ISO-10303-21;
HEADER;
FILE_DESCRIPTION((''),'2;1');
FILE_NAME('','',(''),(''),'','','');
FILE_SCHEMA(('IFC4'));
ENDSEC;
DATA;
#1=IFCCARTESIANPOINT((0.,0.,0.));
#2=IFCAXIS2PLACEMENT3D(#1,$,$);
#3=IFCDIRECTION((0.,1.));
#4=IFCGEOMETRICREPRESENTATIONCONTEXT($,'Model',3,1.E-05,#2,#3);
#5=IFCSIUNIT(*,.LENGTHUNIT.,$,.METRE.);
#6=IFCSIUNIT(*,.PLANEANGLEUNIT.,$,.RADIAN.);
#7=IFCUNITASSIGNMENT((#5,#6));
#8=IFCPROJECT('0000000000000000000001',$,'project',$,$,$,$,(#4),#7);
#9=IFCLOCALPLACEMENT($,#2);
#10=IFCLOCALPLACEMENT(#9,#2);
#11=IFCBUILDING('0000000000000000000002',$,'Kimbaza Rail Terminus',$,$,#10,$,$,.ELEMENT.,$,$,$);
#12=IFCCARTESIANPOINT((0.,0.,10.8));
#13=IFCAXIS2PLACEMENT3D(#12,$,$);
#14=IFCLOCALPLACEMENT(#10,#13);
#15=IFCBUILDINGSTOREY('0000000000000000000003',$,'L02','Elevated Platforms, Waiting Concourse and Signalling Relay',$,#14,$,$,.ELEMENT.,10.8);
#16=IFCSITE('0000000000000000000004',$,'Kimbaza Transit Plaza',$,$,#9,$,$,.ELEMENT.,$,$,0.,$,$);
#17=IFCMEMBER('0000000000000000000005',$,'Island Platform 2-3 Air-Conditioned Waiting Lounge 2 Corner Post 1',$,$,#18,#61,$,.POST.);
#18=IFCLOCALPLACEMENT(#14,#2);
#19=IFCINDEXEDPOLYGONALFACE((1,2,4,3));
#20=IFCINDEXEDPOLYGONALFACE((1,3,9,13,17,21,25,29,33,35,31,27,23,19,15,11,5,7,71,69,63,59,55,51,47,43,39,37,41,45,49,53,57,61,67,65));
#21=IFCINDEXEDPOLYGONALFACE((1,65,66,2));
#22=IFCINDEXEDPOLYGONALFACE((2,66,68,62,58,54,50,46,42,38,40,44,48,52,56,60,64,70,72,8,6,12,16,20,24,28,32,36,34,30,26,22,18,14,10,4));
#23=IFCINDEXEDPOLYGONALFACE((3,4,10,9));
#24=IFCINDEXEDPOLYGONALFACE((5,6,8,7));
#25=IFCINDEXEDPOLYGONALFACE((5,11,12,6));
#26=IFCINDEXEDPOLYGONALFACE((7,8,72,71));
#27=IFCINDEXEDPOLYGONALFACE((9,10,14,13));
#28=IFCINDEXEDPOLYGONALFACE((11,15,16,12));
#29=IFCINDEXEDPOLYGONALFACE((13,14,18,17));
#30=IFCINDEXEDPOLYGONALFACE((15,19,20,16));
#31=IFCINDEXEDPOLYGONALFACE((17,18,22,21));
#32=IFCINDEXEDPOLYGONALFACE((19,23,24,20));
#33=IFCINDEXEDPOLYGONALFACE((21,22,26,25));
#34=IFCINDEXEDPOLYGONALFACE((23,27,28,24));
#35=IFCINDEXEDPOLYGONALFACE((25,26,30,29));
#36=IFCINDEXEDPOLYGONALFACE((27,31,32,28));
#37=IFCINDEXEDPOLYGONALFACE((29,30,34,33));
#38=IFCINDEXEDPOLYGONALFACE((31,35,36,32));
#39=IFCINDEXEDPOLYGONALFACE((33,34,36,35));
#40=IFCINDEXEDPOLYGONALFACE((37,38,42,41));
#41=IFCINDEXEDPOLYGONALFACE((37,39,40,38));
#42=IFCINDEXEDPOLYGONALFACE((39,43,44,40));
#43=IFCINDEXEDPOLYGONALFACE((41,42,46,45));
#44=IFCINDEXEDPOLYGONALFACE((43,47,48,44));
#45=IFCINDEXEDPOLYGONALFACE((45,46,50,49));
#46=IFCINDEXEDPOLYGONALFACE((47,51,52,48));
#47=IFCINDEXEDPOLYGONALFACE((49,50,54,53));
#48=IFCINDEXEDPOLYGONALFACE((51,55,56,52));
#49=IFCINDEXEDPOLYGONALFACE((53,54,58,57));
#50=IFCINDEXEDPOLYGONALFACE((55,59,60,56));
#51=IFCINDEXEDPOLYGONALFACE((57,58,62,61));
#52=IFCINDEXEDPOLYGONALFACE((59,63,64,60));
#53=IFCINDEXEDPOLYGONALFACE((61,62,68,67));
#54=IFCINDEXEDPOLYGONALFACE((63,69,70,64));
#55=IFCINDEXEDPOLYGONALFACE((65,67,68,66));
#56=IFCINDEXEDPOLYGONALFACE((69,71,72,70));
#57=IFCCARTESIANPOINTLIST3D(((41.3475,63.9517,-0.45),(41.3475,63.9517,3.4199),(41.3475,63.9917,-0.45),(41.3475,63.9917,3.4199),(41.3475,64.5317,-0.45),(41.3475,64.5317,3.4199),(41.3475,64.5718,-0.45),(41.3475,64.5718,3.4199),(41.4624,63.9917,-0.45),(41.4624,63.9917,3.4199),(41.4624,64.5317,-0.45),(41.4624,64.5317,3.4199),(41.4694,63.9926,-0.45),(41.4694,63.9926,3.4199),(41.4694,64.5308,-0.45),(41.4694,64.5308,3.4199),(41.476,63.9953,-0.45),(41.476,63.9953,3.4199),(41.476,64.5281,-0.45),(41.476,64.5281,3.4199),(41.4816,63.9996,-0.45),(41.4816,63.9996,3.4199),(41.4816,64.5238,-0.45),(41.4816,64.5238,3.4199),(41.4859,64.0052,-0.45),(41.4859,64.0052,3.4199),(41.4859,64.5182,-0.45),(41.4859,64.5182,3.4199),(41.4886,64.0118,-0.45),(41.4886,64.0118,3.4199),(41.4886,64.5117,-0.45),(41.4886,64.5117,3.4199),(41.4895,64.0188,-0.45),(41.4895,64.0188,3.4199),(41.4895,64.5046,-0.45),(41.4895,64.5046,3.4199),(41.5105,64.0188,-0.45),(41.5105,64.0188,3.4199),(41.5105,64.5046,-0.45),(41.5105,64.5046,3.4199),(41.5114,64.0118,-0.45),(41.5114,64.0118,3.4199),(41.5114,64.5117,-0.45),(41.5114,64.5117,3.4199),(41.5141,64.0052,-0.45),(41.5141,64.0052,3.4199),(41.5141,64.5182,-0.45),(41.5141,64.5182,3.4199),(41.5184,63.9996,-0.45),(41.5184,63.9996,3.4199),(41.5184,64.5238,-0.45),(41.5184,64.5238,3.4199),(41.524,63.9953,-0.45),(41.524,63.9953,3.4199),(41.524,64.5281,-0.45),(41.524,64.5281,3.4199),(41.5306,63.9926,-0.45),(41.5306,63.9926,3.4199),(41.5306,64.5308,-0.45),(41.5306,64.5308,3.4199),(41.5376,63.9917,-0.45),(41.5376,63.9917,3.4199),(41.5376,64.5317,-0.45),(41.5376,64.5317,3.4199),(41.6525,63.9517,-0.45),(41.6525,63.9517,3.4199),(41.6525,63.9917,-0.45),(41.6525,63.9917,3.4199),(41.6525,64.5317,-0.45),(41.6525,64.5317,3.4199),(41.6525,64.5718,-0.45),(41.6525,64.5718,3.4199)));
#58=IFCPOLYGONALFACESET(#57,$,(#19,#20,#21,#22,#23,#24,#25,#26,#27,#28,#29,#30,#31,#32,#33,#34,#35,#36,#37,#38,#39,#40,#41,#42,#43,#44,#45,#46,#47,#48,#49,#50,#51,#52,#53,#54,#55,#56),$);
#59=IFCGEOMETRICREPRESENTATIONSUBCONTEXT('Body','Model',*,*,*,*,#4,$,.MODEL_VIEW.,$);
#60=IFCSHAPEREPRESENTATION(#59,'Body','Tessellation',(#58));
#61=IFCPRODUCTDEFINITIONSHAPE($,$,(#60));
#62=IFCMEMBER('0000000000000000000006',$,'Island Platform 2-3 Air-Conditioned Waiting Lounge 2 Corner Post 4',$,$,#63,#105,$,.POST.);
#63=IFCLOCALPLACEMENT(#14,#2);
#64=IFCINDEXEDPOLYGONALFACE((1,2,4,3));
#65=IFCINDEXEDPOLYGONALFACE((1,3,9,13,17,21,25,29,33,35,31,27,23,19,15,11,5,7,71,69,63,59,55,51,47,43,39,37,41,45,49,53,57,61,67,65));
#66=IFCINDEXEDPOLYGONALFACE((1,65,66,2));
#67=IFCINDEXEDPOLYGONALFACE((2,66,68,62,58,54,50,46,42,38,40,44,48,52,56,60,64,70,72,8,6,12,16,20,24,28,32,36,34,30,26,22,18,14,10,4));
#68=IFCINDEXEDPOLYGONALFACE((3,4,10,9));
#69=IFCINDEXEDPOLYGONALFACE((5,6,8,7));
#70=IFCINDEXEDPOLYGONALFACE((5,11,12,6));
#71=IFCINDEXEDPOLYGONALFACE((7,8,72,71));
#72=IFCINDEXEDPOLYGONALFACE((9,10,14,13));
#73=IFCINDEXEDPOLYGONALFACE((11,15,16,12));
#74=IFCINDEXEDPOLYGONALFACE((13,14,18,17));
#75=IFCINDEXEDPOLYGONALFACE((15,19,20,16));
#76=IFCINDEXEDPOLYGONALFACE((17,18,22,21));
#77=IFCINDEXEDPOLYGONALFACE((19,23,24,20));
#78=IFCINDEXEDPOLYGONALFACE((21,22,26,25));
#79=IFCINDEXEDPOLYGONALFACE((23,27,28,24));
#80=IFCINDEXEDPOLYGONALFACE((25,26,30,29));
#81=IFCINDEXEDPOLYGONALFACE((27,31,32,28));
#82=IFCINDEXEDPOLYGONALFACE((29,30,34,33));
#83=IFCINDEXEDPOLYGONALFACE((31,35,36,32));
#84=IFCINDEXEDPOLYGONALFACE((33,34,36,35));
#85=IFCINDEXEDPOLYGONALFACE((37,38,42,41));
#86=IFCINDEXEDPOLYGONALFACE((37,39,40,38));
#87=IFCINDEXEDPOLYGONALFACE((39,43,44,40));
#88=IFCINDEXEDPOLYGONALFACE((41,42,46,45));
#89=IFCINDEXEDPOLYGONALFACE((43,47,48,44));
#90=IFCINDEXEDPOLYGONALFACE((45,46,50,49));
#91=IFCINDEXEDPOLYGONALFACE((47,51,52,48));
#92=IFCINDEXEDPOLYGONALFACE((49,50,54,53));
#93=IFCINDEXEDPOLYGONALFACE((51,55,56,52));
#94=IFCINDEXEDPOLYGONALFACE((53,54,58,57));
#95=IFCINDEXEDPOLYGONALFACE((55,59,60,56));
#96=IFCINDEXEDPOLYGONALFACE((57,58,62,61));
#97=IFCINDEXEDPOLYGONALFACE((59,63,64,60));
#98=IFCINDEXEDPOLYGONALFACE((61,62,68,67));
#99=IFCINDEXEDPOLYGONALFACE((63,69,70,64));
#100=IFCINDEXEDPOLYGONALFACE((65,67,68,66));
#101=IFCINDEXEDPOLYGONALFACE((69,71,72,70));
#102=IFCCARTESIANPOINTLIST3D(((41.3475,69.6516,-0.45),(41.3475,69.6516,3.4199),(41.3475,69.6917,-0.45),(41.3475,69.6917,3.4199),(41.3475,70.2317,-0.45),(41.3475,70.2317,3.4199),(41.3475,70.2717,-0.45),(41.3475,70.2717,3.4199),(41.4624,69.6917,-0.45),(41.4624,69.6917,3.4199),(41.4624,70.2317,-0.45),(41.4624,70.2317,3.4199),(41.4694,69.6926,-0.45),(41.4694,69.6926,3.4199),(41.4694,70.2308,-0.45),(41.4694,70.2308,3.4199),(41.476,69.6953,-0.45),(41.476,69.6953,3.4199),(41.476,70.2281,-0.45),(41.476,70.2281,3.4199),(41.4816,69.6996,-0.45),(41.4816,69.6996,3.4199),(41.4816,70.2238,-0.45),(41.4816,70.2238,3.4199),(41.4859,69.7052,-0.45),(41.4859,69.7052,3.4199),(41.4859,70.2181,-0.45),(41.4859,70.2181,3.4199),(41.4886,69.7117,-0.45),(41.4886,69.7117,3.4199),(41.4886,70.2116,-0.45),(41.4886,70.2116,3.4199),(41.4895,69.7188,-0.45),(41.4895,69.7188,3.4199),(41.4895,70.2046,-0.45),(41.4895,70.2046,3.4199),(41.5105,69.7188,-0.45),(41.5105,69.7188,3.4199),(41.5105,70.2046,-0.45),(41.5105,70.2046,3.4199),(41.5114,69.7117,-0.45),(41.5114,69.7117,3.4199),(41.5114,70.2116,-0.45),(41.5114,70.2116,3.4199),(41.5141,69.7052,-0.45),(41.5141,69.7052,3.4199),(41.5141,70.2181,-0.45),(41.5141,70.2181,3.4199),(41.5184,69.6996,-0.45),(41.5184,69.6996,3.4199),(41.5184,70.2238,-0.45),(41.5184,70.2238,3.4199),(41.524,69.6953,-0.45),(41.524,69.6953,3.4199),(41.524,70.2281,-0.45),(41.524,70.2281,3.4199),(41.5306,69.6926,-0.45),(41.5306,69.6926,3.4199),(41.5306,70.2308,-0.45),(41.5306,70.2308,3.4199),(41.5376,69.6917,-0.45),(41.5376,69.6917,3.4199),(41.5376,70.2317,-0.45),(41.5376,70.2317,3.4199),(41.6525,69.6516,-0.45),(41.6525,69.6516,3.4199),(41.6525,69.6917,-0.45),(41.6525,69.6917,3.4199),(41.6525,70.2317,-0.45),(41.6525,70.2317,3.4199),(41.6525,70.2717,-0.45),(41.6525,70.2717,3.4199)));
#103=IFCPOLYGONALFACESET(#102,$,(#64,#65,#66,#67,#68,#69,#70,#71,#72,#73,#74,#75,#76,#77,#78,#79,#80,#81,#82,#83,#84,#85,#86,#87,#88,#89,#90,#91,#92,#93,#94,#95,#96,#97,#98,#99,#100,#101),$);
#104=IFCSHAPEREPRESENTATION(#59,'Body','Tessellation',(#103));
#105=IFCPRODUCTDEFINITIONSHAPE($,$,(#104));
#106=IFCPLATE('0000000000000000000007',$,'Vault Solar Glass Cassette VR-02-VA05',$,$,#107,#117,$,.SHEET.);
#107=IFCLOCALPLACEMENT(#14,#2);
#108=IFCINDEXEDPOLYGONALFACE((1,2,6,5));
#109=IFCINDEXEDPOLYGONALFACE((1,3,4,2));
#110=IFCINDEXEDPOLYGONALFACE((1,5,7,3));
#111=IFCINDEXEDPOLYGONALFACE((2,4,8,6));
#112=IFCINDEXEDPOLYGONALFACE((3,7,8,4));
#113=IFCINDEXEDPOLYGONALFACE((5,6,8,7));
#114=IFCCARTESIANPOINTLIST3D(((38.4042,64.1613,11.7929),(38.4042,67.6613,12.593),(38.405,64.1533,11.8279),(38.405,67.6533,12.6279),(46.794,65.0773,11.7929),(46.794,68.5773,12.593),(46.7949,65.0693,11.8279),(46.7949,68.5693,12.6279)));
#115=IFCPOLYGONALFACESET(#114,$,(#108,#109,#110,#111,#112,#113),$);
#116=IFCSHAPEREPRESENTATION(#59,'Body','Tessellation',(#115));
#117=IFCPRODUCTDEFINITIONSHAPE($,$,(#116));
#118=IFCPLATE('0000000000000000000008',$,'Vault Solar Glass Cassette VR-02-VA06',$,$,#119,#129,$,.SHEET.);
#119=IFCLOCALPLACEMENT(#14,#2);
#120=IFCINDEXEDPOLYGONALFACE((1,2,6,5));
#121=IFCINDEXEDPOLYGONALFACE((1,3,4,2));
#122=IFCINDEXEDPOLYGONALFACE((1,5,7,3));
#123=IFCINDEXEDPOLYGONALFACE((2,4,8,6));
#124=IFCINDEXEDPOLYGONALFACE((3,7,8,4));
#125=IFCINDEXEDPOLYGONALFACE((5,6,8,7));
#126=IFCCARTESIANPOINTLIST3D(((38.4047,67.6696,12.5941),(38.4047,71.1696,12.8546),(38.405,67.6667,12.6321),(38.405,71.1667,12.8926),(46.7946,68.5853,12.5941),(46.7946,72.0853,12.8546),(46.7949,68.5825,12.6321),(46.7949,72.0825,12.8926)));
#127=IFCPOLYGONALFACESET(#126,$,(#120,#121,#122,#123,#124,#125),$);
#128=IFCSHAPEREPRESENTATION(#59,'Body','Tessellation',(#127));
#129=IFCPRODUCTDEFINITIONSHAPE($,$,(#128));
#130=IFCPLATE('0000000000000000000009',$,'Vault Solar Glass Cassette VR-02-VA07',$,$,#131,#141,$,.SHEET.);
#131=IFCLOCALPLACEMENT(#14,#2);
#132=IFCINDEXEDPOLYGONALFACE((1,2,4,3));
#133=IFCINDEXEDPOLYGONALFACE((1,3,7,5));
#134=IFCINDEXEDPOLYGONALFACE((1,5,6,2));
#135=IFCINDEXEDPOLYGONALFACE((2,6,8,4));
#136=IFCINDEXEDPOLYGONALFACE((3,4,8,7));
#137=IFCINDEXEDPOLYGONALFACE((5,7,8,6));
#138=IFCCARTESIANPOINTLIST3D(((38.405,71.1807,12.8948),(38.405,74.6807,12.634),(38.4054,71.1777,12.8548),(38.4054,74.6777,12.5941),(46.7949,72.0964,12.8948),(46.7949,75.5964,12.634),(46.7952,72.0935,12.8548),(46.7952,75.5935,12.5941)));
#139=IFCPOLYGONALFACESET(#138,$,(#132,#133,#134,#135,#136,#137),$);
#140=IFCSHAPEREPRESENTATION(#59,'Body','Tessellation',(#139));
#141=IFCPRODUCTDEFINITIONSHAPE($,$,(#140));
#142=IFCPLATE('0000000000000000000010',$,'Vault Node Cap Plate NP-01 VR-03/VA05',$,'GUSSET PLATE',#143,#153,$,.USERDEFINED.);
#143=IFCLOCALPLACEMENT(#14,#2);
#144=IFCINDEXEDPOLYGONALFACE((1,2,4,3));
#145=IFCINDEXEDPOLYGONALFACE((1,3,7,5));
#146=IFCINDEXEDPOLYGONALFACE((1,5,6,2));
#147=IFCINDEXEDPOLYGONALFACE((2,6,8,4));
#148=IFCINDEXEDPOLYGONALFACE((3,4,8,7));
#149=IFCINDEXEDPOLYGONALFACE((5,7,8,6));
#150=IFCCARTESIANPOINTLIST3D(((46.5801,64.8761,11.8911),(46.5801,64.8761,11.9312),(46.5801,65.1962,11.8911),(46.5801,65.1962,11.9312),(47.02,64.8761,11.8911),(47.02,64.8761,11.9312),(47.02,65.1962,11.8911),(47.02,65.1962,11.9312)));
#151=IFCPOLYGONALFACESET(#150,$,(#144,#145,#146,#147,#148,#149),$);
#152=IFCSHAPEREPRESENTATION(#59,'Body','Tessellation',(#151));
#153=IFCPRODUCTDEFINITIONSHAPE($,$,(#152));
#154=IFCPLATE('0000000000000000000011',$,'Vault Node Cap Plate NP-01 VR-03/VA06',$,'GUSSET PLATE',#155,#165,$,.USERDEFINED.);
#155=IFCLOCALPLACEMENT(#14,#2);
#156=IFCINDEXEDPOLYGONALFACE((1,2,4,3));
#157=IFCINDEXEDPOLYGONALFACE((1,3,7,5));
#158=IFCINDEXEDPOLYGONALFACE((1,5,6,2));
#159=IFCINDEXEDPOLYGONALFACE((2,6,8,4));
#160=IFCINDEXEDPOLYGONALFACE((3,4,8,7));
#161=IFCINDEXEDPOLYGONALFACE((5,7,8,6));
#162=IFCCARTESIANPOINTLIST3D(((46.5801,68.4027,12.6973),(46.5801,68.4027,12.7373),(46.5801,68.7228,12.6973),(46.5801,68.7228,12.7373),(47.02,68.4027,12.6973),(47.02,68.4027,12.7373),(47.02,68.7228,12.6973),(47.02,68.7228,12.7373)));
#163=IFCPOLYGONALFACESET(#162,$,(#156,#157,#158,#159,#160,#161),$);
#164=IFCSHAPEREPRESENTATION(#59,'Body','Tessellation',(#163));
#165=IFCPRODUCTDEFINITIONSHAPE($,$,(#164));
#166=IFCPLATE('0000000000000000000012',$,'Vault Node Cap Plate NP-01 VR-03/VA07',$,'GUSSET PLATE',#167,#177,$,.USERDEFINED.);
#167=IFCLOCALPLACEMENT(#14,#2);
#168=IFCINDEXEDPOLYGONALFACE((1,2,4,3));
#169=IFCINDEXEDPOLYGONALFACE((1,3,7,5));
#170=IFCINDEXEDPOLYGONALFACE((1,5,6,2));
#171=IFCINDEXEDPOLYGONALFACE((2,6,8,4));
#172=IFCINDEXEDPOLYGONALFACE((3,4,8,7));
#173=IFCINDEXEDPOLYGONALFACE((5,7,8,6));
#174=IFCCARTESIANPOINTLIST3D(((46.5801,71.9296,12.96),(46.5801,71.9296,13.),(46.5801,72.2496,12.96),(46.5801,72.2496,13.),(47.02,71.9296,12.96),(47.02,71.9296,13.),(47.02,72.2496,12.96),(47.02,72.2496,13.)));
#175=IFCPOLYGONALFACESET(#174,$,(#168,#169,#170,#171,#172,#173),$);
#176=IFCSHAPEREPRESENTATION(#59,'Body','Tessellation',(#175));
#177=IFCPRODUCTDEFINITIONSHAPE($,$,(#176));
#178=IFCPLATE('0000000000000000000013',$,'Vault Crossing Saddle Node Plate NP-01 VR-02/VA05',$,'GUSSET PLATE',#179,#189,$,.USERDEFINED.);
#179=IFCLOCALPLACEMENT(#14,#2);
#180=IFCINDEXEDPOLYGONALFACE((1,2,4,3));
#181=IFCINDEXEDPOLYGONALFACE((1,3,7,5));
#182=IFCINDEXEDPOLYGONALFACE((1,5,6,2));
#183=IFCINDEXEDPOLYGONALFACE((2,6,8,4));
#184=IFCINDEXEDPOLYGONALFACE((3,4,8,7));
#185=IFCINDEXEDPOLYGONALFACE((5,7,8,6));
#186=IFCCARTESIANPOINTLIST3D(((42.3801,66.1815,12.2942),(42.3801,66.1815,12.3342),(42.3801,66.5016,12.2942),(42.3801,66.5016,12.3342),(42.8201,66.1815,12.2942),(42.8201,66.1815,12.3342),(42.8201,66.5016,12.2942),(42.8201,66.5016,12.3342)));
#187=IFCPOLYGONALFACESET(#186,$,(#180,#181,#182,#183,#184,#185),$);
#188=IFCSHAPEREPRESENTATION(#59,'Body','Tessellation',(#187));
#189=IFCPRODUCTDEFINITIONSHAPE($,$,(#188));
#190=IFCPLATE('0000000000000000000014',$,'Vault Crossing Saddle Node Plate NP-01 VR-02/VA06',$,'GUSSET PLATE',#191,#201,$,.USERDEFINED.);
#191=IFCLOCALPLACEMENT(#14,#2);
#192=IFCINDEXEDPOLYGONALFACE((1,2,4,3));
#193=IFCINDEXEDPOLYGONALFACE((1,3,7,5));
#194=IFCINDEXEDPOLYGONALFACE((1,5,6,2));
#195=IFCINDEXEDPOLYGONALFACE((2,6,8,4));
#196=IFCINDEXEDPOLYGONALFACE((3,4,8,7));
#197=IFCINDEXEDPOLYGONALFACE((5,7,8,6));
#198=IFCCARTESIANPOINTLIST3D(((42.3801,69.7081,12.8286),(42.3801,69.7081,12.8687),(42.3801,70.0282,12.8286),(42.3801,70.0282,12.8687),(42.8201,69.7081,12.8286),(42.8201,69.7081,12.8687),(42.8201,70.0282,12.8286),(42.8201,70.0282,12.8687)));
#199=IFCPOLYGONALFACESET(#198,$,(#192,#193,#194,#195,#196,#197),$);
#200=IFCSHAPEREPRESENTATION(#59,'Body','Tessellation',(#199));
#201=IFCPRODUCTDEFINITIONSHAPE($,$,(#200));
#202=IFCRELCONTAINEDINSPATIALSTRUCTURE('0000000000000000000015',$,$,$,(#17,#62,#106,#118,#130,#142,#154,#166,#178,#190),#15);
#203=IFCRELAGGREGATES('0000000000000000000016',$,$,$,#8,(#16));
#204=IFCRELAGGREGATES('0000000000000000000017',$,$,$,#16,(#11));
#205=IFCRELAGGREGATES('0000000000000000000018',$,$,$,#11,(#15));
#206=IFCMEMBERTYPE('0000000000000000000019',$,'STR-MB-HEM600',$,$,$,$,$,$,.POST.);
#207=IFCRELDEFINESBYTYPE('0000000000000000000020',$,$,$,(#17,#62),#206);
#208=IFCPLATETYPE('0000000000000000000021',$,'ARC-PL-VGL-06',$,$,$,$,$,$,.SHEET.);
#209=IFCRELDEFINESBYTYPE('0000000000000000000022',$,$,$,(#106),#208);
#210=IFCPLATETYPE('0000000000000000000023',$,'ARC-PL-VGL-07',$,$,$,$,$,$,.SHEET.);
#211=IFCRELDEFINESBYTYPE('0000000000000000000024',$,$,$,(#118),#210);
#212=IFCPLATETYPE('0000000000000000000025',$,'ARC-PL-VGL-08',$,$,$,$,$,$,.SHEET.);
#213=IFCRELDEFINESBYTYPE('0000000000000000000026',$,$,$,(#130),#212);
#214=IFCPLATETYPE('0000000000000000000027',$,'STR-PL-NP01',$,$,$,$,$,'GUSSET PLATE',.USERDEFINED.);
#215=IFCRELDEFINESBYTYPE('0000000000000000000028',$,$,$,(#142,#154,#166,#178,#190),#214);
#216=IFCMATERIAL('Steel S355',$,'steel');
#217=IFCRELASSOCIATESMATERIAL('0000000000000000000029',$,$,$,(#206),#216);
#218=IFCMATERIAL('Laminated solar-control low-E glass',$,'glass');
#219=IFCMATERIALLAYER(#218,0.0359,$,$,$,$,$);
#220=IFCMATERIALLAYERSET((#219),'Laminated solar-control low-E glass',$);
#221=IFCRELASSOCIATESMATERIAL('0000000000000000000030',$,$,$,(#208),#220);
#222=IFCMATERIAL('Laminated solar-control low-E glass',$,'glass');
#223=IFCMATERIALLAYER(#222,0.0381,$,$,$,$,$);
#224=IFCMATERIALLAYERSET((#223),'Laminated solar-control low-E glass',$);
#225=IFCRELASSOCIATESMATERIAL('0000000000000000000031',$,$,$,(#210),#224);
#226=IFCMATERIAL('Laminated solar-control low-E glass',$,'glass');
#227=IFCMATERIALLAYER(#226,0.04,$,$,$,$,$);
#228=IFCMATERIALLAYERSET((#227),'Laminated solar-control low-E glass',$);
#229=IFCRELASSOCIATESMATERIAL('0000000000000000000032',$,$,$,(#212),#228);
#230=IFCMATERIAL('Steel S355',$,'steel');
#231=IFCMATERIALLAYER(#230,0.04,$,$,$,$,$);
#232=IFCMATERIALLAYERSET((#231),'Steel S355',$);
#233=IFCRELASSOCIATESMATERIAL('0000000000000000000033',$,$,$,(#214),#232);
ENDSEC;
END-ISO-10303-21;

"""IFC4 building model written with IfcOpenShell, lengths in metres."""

from ifc_helpers import new_model, si_unit, direction, frame, origin, origin_2d, place, context, subcontext, project, spatial, polyline, rectangle, i_section, outline, extrude, material, layer, layer_set, material_profile, profile_set, type_object, element, save


model = new_model("IFC4")

# Units and contexts
model_context = context("Model", 3, precision=1e-05, world=origin(), true_north=direction((0.0, 1.0)))
body_context = subcontext(model_context, "Body", "Model", "MODEL_VIEW")
ifc_project = project(units=[si_unit("LENGTHUNIT", "METRE"), si_unit("PLANEANGLEUNIT", "RADIAN")], contexts=[model_context])

# Site, building, storey
site_placement = place(None, origin())
site = spatial("IfcSite", under=ifc_project, at=site_placement, Name="Kimbaza Transit Plaza", CompositionType="ELEMENT", RefElevation=0.0)
building_placement = place(site_placement, origin())
building = spatial("IfcBuilding", under=site, at=building_placement, Name="Kimbaza Rail Terminus", CompositionType="ELEMENT")
storey_placement = place(building_placement, frame((0.0, 0.0, 10.8)))
storey = spatial("IfcBuildingStorey", under=building, at=storey_placement, Name="L02", Description="Elevated Platforms, Waiting Concourse and Signalling Relay", CompositionType="ELEMENT", Elevation=10.8)

# Members
ifc_material_1 = material(Name="Steel S355", Category="steel")
ifc_material_profile_1 = material_profile(ifc_material_1, i_section(OverallWidth=0.3049, OverallDepth=0.6201, WebThickness=0.021, FlangeThickness=0.04, FilletRadius=0.0271, at=origin_2d()), Name="HEM 600")
ifc_profile_set_1 = profile_set([ifc_material_profile_1], Name="Steel S355")
member_type_1 = type_object("IfcMemberType", Name="STR-MB-HEM600", PredefinedType="POST", material=ifc_profile_set_1)
for number, where, z_axis, x_axis, name in (
    (1, (41.5, 64.2617, -0.45), (0.0, 0.0, 1.0), (1.0, 0.0, 0.0), "Island Platform 2-3 Air-Conditioned Waiting Lounge 2 Corner Post 1"),
    (2, (41.5, 69.9617, -0.45), (0.0, 0.0, 1.0), (1.0, 0.0, 0.0), "Island Platform 2-3 Air-Conditioned Waiting Lounge 2 Corner Post 4"),
):
    element("IfcMember", number, at=place(storey_placement, frame(where, z_axis=z_axis, x_axis=x_axis)), inside=storey, type_object=member_type_1, Name=name, PredefinedType="POST", context=body_context, shape_type="SweptSolid", body=[
        extrude(i_section(OverallWidth=0.3049, OverallDepth=0.6201, WebThickness=0.021, FlangeThickness=0.04, FilletRadius=0.0271, at=origin_2d()), origin(), (0.0, 0.0, 1.0), 3.8699),
    ])

# Plates
ifc_material_2 = material(Name="Laminated solar-control low-E glass", Category="glass")
ifc_layer_1 = layer(ifc_material_2, 0.0359)
ifc_layer_set_1 = layer_set([ifc_layer_1], Name="Laminated solar-control low-E glass")
plate_type_1 = type_object("IfcPlateType", Name="ARC-PL-VGL-06", PredefinedType="SHEET", material=ifc_layer_set_1)
plate_1_placement = place(storey_placement, frame((38.405, 64.1533, 11.8279), z_axis=(0.024322, -0.222772, 0.974567), x_axis=(0.994093, 0.108536, 0.0)))
element("IfcPlate", 3, at=plate_1_placement, inside=storey, type_object=plate_type_1, Name="Vault Solar Glass Cassette VR-02-VA05", PredefinedType="SHEET", context=body_context, shape_type="SweptSolid", body=[
    extrude(outline(polyline([(0.0, 0.0), (8.4398, 0.0), (8.8196, 3.5701), (0.3799, 3.5701), (0.0, 0.0)])), origin(), (0.0, 0.0, -1.0), 0.0359),
])
ifc_material_3 = material(Name="Laminated solar-control low-E glass", Category="glass")
ifc_layer_2 = layer(ifc_material_3, 0.0381)
ifc_layer_set_2 = layer_set([ifc_layer_2], Name="Laminated solar-control low-E glass")
plate_type_2 = type_object("IfcPlateType", Name="ARC-PL-VGL-07", PredefinedType="SHEET", material=ifc_layer_set_2)
plate_2_placement = place(storey_placement, frame((38.405, 67.6667, 12.6321), z_axis=(0.008101, -0.07422, 0.997209), x_axis=(0.994096, 0.108507, 0.0)))
element("IfcPlate", 4, at=plate_2_placement, inside=storey, type_object=plate_type_2, Name="Vault Solar Glass Cassette VR-02-VA06", PredefinedType="SHEET", context=body_context, shape_type="SweptSolid", body=[
    extrude(outline(polyline([(0.0, 0.0), (8.4397, 0.0), (8.8195, 3.4891), (0.3798, 3.4891), (0.0, 0.0)])), origin(), (0.0, 0.0, -1.0), 0.0381),
])
ifc_material_4 = material(Name="Laminated solar-control low-E glass", Category="glass")
ifc_layer_3 = layer(ifc_material_4, 0.04)
ifc_layer_set_3 = layer_set([ifc_layer_3], Name="Laminated solar-control low-E glass")
plate_type_3 = type_object("IfcPlateType", Name="ARC-PL-VGL-08", PredefinedType="SHEET", material=ifc_layer_set_3)
plate_3_placement = place(storey_placement, frame((38.405, 71.1807, 12.8948), z_axis=(-0.008109, 0.074289, 0.997204), x_axis=(0.994096, 0.108507, 0.0)))
element("IfcPlate", 5, at=plate_3_placement, inside=storey, type_object=plate_type_3, Name="Vault Solar Glass Cassette VR-02-VA07", PredefinedType="SHEET", context=body_context, shape_type="SweptSolid", body=[
    extrude(outline(polyline([(0.0, 0.0), (8.4397, 0.0), (8.8195, 3.4891), (0.3798, 3.4891), (0.0, 0.0)])), origin(), (0.0, 0.0, -1.0), 0.04),
])
ifc_material_5 = material(Name="Steel S355", Category="steel")
ifc_layer_4 = layer(ifc_material_5, 0.04)
ifc_layer_set_4 = layer_set([ifc_layer_4], Name="Steel S355")
plate_type_4 = type_object("IfcPlateType", Name="STR-PL-NP01", ElementType="GUSSET PLATE", PredefinedType="USERDEFINED", material=ifc_layer_set_4)
for number, where, z_axis, x_axis, name in (
    (6, (46.8, 65.0361, 11.8911), (0.0, 0.0, 1.0), (1.0, 0.0, 0.0), "Vault Node Cap Plate NP-01 VR-03/VA05"),
    (7, (46.8, 68.5627, 12.6973), (0.0, 0.0, 1.0), (1.0, 0.0, 0.0), "Vault Node Cap Plate NP-01 VR-03/VA06"),
    (8, (46.8, 72.0896, 12.96), (0.0, 0.0, 1.0), (1.0, 0.0, 0.0), "Vault Node Cap Plate NP-01 VR-03/VA07"),
    (9, (42.6001, 66.3416, 12.2942), (0.0, 0.0, 1.0), (1.0, 0.0, 0.0), "Vault Crossing Saddle Node Plate NP-01 VR-02/VA05"),
    (10, (42.6001, 69.8682, 12.8286), (0.0, 0.0, 1.0), (1.0, 0.0, 0.0), "Vault Crossing Saddle Node Plate NP-01 VR-02/VA06"),
):
    element("IfcPlate", number, at=place(storey_placement, frame(where, z_axis=z_axis, x_axis=x_axis)), inside=storey, type_object=plate_type_4, Name=name, ObjectType="GUSSET PLATE", PredefinedType="USERDEFINED", context=body_context, shape_type="SweptSolid", body=[
        extrude(rectangle(XDim=0.4399, YDim=0.3201, at=origin_2d()), origin(), (0.0, 0.0, 1.0), 0.04),
    ])

save(model, "model.ifc")
